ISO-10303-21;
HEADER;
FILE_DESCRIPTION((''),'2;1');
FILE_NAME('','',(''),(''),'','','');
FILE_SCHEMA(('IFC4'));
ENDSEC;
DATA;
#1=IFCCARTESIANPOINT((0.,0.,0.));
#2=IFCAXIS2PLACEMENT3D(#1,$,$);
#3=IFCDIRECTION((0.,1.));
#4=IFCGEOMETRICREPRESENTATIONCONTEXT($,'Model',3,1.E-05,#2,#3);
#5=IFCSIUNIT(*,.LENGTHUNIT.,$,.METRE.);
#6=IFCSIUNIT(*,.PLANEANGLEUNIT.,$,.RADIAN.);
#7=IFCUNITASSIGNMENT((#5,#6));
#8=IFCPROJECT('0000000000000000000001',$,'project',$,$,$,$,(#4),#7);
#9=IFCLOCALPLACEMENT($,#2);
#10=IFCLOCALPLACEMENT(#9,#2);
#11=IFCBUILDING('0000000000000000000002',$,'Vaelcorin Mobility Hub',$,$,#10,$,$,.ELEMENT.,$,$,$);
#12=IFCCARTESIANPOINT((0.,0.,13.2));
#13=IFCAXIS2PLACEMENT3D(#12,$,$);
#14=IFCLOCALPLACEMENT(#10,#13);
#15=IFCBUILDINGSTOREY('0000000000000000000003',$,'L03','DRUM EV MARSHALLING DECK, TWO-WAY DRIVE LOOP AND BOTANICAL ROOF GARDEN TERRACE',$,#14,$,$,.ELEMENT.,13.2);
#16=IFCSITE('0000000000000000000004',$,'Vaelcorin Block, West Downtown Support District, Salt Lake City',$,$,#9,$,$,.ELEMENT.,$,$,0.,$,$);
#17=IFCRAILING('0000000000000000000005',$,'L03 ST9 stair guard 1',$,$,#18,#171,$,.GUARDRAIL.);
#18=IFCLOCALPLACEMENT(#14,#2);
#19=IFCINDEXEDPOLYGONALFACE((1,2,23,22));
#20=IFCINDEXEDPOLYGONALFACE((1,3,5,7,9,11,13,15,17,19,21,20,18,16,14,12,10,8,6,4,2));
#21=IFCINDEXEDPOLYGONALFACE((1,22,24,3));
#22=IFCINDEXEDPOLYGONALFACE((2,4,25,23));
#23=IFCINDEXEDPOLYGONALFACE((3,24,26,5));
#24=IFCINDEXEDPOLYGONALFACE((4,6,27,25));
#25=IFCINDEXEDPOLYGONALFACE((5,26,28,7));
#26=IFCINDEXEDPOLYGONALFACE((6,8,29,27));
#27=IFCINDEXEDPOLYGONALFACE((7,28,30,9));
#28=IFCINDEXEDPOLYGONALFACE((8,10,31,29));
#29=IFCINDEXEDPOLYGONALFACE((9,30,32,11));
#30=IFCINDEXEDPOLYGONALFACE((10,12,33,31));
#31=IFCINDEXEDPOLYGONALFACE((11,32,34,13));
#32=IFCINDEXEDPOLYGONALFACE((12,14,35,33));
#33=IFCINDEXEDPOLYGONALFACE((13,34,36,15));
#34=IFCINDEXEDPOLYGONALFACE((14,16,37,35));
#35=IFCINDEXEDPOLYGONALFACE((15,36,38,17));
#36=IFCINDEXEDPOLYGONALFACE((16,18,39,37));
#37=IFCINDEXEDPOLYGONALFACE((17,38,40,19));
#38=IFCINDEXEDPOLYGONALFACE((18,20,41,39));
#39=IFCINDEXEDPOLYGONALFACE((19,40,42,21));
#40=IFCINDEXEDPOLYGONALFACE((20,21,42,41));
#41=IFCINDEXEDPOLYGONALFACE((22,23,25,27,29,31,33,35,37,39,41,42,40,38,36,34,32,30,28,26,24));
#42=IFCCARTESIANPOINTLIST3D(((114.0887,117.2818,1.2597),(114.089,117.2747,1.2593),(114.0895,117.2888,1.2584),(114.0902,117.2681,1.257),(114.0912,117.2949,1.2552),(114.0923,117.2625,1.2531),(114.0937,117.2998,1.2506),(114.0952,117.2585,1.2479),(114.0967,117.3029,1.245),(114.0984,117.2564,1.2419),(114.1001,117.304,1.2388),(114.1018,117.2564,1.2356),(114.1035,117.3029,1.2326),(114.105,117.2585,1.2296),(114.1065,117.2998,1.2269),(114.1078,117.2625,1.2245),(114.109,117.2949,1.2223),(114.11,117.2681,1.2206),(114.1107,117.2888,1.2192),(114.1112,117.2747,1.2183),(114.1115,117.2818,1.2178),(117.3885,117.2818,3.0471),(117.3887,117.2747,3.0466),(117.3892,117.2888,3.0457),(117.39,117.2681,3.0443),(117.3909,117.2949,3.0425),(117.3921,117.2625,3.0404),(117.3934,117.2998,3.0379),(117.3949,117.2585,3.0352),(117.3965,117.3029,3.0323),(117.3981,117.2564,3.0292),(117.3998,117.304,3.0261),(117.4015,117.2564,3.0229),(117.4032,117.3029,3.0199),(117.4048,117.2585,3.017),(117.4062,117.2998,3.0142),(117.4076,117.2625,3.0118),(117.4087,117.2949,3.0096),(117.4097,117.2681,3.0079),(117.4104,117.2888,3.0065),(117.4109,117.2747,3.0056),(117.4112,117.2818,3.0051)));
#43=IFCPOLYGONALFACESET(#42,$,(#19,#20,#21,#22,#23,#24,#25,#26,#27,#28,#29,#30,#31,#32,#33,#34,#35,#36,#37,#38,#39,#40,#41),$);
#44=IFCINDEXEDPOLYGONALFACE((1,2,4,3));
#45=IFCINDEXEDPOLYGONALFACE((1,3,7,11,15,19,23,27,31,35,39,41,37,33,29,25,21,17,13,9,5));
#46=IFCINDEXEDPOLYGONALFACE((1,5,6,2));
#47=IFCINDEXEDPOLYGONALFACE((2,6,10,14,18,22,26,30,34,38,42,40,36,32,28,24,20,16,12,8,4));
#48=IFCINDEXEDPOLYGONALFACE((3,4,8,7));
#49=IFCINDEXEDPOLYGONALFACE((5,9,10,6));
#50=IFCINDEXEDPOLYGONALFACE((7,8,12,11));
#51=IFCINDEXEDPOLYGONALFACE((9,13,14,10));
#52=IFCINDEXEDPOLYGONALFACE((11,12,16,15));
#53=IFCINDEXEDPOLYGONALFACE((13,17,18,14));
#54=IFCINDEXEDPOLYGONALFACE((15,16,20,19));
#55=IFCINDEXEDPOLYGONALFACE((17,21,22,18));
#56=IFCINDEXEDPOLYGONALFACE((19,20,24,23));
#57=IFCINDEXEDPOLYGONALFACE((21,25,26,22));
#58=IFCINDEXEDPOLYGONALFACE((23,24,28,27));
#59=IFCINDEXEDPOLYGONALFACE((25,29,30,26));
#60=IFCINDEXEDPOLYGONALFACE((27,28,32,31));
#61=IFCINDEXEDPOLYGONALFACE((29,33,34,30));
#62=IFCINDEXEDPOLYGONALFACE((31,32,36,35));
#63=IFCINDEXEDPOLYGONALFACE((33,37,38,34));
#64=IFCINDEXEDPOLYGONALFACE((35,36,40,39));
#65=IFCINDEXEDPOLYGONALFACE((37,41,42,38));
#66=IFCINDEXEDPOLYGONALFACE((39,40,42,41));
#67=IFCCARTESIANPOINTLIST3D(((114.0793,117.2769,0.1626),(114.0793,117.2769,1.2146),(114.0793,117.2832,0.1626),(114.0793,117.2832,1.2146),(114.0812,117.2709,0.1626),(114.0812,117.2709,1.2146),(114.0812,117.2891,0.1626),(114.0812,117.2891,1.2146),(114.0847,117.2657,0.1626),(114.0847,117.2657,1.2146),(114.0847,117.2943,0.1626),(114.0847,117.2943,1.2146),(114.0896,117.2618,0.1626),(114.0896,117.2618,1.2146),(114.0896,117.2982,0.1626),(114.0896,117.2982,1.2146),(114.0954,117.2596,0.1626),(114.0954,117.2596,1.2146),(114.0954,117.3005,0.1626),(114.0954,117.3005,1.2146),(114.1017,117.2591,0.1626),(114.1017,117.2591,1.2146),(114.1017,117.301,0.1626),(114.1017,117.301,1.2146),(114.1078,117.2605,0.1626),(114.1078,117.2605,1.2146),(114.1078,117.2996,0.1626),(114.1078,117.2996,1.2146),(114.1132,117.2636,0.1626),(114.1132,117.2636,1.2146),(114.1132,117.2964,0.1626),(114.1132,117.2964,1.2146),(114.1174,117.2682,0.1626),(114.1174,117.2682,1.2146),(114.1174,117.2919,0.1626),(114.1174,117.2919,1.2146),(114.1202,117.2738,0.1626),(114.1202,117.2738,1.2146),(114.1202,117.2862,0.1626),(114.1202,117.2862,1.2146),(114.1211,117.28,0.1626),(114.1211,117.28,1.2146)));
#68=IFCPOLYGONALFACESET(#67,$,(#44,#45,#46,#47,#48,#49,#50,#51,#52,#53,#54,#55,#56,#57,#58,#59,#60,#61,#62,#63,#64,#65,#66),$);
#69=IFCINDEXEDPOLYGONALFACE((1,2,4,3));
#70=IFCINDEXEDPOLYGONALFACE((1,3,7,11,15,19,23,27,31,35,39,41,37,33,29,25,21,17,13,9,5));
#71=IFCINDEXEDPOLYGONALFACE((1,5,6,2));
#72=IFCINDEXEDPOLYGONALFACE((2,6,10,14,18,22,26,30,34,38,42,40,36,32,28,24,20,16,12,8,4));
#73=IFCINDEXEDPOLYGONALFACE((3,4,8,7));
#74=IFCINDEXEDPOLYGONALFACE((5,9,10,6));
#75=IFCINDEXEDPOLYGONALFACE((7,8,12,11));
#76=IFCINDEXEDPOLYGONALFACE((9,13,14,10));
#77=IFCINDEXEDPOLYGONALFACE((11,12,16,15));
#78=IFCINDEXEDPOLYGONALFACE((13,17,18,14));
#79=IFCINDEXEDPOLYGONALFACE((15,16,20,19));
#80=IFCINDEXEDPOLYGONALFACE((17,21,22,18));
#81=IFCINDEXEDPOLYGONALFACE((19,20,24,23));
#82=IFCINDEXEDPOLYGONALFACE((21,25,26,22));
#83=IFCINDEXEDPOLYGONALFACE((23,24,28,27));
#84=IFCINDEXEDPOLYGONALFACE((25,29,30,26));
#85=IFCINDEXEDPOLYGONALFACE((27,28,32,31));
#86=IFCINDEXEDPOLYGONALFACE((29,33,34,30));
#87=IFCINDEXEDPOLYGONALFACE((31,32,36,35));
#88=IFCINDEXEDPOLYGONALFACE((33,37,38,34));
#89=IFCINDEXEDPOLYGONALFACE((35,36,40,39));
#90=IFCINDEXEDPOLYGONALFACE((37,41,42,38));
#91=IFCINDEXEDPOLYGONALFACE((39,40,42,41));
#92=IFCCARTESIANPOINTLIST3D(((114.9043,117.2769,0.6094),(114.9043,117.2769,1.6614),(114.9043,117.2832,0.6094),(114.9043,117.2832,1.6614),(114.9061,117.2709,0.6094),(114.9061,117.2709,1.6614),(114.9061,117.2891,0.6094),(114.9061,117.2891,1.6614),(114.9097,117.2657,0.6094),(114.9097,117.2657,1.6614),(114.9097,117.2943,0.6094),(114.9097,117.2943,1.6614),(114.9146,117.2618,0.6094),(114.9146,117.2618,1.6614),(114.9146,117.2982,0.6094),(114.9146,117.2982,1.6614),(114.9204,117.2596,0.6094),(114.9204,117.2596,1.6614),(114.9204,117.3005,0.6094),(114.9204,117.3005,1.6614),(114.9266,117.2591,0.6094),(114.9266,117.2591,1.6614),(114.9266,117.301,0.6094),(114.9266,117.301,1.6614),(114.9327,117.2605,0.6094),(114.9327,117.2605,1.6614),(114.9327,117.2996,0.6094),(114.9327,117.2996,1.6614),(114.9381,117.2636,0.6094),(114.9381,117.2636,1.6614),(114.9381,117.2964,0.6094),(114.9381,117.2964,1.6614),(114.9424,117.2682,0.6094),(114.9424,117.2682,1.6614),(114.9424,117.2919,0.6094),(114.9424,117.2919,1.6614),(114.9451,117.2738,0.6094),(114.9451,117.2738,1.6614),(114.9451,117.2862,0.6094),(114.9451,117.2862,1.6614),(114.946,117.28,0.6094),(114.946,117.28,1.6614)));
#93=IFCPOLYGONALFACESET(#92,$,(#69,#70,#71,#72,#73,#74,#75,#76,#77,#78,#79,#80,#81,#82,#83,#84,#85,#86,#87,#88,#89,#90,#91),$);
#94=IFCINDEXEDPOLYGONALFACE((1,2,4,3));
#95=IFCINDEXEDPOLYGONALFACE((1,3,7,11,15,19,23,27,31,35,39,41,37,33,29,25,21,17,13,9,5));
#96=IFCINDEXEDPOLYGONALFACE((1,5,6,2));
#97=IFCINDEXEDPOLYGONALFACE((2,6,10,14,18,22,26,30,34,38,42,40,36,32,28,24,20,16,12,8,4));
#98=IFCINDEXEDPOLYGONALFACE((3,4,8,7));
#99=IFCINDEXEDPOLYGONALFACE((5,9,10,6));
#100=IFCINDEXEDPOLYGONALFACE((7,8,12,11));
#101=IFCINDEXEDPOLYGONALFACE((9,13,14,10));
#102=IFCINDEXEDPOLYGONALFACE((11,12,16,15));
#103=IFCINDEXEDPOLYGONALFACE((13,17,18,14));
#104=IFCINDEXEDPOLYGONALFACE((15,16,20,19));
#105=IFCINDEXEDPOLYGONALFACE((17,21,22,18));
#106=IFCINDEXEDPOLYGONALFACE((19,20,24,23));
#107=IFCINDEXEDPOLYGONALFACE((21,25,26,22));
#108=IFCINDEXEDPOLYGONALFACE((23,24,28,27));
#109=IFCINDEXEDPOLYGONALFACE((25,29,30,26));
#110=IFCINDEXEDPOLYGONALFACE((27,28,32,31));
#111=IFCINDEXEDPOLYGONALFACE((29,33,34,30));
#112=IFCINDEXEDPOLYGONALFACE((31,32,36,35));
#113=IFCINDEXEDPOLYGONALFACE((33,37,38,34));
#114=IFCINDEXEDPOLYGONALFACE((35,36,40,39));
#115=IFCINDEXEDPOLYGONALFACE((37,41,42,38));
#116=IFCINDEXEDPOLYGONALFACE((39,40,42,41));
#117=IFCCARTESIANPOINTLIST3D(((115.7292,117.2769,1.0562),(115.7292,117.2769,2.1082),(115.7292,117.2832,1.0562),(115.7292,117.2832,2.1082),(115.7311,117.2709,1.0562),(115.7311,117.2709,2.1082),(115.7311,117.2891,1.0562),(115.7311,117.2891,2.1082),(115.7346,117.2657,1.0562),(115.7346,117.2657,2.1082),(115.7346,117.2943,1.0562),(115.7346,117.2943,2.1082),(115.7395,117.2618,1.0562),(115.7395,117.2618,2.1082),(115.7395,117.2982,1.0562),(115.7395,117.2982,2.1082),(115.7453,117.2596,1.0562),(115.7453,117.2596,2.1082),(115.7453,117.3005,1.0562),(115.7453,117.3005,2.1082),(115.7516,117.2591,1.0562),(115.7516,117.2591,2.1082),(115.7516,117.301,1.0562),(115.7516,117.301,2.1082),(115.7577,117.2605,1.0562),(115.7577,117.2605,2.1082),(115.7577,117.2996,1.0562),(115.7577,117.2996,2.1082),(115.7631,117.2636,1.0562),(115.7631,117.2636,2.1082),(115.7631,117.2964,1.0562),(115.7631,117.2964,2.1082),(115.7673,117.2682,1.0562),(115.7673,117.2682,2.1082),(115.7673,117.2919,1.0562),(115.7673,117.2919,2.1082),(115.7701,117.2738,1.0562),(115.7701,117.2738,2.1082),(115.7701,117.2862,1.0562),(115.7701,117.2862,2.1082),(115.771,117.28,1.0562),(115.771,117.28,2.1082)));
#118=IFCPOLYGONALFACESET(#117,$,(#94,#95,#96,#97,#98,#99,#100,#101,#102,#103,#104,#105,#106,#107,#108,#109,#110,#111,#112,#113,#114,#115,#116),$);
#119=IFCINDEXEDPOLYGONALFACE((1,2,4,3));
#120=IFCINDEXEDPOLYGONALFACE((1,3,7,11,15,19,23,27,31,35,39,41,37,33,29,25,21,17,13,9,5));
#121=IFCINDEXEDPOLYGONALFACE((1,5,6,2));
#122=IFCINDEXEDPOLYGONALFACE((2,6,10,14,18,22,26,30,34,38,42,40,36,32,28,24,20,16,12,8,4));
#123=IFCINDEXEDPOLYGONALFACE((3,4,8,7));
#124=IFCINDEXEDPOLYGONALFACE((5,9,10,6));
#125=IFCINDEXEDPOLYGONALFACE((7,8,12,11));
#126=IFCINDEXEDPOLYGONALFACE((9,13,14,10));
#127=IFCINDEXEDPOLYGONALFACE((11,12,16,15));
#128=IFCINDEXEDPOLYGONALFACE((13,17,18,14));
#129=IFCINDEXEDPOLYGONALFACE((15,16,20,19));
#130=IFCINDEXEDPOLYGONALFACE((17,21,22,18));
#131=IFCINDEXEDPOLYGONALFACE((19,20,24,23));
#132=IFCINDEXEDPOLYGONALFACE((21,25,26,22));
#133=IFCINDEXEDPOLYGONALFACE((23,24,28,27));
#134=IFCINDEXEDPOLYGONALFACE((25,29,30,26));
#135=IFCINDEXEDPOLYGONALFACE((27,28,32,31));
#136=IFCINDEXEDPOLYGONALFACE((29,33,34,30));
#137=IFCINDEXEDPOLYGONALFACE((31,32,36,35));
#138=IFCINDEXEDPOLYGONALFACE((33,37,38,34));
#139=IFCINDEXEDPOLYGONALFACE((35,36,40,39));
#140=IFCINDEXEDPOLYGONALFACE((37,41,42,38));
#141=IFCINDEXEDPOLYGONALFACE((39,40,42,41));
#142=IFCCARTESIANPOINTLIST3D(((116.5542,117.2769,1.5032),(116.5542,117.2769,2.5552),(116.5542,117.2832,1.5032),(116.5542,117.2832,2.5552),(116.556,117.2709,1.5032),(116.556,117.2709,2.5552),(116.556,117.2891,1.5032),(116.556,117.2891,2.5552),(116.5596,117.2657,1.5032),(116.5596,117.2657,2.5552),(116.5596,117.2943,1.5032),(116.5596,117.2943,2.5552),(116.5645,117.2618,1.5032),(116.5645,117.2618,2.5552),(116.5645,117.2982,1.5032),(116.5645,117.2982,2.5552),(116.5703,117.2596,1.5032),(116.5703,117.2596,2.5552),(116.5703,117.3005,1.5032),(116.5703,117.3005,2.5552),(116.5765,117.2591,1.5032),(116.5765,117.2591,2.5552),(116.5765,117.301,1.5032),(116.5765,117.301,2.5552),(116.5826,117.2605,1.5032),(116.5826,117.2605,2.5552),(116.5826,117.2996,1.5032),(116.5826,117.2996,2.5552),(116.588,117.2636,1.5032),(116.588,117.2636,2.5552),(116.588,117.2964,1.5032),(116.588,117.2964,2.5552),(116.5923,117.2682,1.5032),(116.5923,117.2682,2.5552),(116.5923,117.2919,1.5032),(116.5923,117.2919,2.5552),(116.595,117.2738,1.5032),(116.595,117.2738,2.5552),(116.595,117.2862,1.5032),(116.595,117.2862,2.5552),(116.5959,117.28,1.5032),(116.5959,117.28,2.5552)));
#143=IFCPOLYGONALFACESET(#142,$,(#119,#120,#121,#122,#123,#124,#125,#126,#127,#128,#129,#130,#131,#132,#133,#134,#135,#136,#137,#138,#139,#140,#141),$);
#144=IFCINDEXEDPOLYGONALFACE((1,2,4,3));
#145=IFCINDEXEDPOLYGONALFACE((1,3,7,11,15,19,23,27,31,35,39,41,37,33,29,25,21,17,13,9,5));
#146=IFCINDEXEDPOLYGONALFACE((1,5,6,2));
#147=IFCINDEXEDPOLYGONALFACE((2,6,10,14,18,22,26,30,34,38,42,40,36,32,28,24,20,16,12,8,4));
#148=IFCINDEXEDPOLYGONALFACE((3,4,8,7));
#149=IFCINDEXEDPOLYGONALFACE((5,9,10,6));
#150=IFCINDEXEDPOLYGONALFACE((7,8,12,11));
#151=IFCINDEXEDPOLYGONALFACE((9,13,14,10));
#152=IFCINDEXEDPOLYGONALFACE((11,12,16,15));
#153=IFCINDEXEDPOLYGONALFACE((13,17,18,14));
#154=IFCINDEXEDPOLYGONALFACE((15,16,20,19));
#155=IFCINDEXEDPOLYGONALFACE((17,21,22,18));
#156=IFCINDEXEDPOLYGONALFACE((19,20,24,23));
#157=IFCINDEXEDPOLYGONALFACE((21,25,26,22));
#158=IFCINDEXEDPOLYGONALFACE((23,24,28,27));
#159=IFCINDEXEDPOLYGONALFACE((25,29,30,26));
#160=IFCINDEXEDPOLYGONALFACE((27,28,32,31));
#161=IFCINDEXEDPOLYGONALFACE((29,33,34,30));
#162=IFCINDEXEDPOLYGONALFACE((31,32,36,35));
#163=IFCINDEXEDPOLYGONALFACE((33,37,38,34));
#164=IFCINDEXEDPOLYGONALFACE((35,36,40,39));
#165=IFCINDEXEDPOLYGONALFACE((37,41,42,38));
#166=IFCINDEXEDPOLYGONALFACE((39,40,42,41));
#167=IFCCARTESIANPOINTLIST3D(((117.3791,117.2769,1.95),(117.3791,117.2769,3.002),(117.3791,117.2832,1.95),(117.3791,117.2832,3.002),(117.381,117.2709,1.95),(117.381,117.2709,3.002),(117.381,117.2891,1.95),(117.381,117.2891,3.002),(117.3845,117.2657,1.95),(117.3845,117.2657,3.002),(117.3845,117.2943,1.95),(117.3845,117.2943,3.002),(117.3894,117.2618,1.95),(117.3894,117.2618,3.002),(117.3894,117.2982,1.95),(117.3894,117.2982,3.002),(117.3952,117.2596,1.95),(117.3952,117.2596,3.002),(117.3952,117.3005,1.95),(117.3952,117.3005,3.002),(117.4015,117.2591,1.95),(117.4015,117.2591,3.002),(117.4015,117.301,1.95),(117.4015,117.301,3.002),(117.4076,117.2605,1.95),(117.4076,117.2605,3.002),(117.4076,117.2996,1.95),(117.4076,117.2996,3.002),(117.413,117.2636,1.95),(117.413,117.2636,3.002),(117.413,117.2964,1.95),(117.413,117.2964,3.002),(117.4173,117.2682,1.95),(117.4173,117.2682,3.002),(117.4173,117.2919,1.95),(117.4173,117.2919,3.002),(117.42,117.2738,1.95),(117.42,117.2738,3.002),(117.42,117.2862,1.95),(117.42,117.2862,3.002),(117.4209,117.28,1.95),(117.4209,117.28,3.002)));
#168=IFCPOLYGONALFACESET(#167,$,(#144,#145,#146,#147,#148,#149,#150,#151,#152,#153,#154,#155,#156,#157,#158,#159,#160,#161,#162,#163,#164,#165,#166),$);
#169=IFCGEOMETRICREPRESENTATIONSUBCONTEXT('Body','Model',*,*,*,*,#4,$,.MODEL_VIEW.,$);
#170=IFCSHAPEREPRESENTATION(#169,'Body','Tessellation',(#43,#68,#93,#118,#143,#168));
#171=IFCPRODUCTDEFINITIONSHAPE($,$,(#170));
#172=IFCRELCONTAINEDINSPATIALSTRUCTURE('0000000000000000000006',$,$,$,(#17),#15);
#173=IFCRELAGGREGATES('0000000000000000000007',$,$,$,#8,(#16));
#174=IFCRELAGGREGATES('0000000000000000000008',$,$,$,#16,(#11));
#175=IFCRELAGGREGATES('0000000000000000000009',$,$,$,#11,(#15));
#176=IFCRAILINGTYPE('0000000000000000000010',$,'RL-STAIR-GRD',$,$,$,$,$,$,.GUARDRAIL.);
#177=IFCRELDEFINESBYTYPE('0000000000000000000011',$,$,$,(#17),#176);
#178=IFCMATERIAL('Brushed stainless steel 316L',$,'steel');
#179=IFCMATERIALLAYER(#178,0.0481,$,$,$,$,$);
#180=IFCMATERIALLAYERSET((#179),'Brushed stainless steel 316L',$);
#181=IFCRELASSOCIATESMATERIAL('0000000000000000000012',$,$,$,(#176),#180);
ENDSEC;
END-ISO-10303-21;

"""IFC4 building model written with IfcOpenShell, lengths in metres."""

from ifc_helpers import new_model, si_unit, direction, frame, origin, origin_2d, place, context, subcontext, project, spatial, circle, extrude, material, layer, layer_set, type_object, element, save


model = new_model("IFC4")

# Units and contexts
model_context = context("Model", 3, precision=1e-05, world=origin(), true_north=direction((0.0, 1.0)))
body_context = subcontext(model_context, "Body", "Model", "MODEL_VIEW")
ifc_project = project(units=[si_unit("LENGTHUNIT", "METRE"), si_unit("PLANEANGLEUNIT", "RADIAN")], contexts=[model_context])

# Site, building, storey
site_placement = place(None, origin())
site = spatial("IfcSite", under=ifc_project, at=site_placement, Name="Vaelcorin Block, West Downtown Support District, Salt Lake City", CompositionType="ELEMENT", RefElevation=0.0)
building_placement = place(site_placement, origin())
building = spatial("IfcBuilding", under=site, at=building_placement, Name="Vaelcorin Mobility Hub", CompositionType="ELEMENT")
storey_placement = place(building_placement, frame((0.0, 0.0, 13.2)))
storey = spatial("IfcBuildingStorey", under=building, at=storey_placement, Name="L03", Description="DRUM EV MARSHALLING DECK, TWO-WAY DRIVE LOOP AND BOTANICAL ROOF GARDEN TERRACE", CompositionType="ELEMENT", Elevation=13.2)

# Railing
ifc_material_1 = material(Name="Brushed stainless steel 316L", Category="steel")
ifc_layer_1 = layer(ifc_material_1, 0.0481)
ifc_layer_set_1 = layer_set([ifc_layer_1], Name="Brushed stainless steel 316L")
railing_type_1 = type_object("IfcRailingType", Name="RL-STAIR-GRD", PredefinedType="GUARDRAIL", material=ifc_layer_set_1)
railing_1_placement = place(storey_placement, frame((114.1001, 117.28, 0.1626)))
element("IfcRailing", 1, at=railing_1_placement, inside=storey, type_object=railing_type_1, Name="L03 ST9 stair guard 1", PredefinedType="GUARDRAIL", context=body_context, shape_type="SweptSolid", body=[
    extrude(circle(Radius=0.0239, at=origin_2d()), frame((0.0, 0.0, 1.0762), z_axis=(0.879297, 0.0, 0.476275), x_axis=(0.0, 1.0, 0.0)), (0.0, 0.0, 1.0), 3.7527),
    extrude(circle(Radius=0.021, at=origin_2d()), origin(), (0.0, 0.0, 1.0), 1.052),
    extrude(circle(Radius=0.021, at=origin_2d()), frame((0.825, 0.0, 0.4468)), (0.0, 0.0, 1.0), 1.052),
    extrude(circle(Radius=0.021, at=origin_2d()), frame((1.6499, 0.0, 0.8936)), (0.0, 0.0, 1.0), 1.052),
    extrude(circle(Radius=0.021, at=origin_2d()), frame((2.4749, 0.0, 1.3406)), (0.0, 0.0, 1.0), 1.052),
    extrude(circle(Radius=0.021, at=origin_2d()), frame((3.2998, 0.0, 1.7874)), (0.0, 0.0, 1.0), 1.052),
])

save(model, "model.ifc")
